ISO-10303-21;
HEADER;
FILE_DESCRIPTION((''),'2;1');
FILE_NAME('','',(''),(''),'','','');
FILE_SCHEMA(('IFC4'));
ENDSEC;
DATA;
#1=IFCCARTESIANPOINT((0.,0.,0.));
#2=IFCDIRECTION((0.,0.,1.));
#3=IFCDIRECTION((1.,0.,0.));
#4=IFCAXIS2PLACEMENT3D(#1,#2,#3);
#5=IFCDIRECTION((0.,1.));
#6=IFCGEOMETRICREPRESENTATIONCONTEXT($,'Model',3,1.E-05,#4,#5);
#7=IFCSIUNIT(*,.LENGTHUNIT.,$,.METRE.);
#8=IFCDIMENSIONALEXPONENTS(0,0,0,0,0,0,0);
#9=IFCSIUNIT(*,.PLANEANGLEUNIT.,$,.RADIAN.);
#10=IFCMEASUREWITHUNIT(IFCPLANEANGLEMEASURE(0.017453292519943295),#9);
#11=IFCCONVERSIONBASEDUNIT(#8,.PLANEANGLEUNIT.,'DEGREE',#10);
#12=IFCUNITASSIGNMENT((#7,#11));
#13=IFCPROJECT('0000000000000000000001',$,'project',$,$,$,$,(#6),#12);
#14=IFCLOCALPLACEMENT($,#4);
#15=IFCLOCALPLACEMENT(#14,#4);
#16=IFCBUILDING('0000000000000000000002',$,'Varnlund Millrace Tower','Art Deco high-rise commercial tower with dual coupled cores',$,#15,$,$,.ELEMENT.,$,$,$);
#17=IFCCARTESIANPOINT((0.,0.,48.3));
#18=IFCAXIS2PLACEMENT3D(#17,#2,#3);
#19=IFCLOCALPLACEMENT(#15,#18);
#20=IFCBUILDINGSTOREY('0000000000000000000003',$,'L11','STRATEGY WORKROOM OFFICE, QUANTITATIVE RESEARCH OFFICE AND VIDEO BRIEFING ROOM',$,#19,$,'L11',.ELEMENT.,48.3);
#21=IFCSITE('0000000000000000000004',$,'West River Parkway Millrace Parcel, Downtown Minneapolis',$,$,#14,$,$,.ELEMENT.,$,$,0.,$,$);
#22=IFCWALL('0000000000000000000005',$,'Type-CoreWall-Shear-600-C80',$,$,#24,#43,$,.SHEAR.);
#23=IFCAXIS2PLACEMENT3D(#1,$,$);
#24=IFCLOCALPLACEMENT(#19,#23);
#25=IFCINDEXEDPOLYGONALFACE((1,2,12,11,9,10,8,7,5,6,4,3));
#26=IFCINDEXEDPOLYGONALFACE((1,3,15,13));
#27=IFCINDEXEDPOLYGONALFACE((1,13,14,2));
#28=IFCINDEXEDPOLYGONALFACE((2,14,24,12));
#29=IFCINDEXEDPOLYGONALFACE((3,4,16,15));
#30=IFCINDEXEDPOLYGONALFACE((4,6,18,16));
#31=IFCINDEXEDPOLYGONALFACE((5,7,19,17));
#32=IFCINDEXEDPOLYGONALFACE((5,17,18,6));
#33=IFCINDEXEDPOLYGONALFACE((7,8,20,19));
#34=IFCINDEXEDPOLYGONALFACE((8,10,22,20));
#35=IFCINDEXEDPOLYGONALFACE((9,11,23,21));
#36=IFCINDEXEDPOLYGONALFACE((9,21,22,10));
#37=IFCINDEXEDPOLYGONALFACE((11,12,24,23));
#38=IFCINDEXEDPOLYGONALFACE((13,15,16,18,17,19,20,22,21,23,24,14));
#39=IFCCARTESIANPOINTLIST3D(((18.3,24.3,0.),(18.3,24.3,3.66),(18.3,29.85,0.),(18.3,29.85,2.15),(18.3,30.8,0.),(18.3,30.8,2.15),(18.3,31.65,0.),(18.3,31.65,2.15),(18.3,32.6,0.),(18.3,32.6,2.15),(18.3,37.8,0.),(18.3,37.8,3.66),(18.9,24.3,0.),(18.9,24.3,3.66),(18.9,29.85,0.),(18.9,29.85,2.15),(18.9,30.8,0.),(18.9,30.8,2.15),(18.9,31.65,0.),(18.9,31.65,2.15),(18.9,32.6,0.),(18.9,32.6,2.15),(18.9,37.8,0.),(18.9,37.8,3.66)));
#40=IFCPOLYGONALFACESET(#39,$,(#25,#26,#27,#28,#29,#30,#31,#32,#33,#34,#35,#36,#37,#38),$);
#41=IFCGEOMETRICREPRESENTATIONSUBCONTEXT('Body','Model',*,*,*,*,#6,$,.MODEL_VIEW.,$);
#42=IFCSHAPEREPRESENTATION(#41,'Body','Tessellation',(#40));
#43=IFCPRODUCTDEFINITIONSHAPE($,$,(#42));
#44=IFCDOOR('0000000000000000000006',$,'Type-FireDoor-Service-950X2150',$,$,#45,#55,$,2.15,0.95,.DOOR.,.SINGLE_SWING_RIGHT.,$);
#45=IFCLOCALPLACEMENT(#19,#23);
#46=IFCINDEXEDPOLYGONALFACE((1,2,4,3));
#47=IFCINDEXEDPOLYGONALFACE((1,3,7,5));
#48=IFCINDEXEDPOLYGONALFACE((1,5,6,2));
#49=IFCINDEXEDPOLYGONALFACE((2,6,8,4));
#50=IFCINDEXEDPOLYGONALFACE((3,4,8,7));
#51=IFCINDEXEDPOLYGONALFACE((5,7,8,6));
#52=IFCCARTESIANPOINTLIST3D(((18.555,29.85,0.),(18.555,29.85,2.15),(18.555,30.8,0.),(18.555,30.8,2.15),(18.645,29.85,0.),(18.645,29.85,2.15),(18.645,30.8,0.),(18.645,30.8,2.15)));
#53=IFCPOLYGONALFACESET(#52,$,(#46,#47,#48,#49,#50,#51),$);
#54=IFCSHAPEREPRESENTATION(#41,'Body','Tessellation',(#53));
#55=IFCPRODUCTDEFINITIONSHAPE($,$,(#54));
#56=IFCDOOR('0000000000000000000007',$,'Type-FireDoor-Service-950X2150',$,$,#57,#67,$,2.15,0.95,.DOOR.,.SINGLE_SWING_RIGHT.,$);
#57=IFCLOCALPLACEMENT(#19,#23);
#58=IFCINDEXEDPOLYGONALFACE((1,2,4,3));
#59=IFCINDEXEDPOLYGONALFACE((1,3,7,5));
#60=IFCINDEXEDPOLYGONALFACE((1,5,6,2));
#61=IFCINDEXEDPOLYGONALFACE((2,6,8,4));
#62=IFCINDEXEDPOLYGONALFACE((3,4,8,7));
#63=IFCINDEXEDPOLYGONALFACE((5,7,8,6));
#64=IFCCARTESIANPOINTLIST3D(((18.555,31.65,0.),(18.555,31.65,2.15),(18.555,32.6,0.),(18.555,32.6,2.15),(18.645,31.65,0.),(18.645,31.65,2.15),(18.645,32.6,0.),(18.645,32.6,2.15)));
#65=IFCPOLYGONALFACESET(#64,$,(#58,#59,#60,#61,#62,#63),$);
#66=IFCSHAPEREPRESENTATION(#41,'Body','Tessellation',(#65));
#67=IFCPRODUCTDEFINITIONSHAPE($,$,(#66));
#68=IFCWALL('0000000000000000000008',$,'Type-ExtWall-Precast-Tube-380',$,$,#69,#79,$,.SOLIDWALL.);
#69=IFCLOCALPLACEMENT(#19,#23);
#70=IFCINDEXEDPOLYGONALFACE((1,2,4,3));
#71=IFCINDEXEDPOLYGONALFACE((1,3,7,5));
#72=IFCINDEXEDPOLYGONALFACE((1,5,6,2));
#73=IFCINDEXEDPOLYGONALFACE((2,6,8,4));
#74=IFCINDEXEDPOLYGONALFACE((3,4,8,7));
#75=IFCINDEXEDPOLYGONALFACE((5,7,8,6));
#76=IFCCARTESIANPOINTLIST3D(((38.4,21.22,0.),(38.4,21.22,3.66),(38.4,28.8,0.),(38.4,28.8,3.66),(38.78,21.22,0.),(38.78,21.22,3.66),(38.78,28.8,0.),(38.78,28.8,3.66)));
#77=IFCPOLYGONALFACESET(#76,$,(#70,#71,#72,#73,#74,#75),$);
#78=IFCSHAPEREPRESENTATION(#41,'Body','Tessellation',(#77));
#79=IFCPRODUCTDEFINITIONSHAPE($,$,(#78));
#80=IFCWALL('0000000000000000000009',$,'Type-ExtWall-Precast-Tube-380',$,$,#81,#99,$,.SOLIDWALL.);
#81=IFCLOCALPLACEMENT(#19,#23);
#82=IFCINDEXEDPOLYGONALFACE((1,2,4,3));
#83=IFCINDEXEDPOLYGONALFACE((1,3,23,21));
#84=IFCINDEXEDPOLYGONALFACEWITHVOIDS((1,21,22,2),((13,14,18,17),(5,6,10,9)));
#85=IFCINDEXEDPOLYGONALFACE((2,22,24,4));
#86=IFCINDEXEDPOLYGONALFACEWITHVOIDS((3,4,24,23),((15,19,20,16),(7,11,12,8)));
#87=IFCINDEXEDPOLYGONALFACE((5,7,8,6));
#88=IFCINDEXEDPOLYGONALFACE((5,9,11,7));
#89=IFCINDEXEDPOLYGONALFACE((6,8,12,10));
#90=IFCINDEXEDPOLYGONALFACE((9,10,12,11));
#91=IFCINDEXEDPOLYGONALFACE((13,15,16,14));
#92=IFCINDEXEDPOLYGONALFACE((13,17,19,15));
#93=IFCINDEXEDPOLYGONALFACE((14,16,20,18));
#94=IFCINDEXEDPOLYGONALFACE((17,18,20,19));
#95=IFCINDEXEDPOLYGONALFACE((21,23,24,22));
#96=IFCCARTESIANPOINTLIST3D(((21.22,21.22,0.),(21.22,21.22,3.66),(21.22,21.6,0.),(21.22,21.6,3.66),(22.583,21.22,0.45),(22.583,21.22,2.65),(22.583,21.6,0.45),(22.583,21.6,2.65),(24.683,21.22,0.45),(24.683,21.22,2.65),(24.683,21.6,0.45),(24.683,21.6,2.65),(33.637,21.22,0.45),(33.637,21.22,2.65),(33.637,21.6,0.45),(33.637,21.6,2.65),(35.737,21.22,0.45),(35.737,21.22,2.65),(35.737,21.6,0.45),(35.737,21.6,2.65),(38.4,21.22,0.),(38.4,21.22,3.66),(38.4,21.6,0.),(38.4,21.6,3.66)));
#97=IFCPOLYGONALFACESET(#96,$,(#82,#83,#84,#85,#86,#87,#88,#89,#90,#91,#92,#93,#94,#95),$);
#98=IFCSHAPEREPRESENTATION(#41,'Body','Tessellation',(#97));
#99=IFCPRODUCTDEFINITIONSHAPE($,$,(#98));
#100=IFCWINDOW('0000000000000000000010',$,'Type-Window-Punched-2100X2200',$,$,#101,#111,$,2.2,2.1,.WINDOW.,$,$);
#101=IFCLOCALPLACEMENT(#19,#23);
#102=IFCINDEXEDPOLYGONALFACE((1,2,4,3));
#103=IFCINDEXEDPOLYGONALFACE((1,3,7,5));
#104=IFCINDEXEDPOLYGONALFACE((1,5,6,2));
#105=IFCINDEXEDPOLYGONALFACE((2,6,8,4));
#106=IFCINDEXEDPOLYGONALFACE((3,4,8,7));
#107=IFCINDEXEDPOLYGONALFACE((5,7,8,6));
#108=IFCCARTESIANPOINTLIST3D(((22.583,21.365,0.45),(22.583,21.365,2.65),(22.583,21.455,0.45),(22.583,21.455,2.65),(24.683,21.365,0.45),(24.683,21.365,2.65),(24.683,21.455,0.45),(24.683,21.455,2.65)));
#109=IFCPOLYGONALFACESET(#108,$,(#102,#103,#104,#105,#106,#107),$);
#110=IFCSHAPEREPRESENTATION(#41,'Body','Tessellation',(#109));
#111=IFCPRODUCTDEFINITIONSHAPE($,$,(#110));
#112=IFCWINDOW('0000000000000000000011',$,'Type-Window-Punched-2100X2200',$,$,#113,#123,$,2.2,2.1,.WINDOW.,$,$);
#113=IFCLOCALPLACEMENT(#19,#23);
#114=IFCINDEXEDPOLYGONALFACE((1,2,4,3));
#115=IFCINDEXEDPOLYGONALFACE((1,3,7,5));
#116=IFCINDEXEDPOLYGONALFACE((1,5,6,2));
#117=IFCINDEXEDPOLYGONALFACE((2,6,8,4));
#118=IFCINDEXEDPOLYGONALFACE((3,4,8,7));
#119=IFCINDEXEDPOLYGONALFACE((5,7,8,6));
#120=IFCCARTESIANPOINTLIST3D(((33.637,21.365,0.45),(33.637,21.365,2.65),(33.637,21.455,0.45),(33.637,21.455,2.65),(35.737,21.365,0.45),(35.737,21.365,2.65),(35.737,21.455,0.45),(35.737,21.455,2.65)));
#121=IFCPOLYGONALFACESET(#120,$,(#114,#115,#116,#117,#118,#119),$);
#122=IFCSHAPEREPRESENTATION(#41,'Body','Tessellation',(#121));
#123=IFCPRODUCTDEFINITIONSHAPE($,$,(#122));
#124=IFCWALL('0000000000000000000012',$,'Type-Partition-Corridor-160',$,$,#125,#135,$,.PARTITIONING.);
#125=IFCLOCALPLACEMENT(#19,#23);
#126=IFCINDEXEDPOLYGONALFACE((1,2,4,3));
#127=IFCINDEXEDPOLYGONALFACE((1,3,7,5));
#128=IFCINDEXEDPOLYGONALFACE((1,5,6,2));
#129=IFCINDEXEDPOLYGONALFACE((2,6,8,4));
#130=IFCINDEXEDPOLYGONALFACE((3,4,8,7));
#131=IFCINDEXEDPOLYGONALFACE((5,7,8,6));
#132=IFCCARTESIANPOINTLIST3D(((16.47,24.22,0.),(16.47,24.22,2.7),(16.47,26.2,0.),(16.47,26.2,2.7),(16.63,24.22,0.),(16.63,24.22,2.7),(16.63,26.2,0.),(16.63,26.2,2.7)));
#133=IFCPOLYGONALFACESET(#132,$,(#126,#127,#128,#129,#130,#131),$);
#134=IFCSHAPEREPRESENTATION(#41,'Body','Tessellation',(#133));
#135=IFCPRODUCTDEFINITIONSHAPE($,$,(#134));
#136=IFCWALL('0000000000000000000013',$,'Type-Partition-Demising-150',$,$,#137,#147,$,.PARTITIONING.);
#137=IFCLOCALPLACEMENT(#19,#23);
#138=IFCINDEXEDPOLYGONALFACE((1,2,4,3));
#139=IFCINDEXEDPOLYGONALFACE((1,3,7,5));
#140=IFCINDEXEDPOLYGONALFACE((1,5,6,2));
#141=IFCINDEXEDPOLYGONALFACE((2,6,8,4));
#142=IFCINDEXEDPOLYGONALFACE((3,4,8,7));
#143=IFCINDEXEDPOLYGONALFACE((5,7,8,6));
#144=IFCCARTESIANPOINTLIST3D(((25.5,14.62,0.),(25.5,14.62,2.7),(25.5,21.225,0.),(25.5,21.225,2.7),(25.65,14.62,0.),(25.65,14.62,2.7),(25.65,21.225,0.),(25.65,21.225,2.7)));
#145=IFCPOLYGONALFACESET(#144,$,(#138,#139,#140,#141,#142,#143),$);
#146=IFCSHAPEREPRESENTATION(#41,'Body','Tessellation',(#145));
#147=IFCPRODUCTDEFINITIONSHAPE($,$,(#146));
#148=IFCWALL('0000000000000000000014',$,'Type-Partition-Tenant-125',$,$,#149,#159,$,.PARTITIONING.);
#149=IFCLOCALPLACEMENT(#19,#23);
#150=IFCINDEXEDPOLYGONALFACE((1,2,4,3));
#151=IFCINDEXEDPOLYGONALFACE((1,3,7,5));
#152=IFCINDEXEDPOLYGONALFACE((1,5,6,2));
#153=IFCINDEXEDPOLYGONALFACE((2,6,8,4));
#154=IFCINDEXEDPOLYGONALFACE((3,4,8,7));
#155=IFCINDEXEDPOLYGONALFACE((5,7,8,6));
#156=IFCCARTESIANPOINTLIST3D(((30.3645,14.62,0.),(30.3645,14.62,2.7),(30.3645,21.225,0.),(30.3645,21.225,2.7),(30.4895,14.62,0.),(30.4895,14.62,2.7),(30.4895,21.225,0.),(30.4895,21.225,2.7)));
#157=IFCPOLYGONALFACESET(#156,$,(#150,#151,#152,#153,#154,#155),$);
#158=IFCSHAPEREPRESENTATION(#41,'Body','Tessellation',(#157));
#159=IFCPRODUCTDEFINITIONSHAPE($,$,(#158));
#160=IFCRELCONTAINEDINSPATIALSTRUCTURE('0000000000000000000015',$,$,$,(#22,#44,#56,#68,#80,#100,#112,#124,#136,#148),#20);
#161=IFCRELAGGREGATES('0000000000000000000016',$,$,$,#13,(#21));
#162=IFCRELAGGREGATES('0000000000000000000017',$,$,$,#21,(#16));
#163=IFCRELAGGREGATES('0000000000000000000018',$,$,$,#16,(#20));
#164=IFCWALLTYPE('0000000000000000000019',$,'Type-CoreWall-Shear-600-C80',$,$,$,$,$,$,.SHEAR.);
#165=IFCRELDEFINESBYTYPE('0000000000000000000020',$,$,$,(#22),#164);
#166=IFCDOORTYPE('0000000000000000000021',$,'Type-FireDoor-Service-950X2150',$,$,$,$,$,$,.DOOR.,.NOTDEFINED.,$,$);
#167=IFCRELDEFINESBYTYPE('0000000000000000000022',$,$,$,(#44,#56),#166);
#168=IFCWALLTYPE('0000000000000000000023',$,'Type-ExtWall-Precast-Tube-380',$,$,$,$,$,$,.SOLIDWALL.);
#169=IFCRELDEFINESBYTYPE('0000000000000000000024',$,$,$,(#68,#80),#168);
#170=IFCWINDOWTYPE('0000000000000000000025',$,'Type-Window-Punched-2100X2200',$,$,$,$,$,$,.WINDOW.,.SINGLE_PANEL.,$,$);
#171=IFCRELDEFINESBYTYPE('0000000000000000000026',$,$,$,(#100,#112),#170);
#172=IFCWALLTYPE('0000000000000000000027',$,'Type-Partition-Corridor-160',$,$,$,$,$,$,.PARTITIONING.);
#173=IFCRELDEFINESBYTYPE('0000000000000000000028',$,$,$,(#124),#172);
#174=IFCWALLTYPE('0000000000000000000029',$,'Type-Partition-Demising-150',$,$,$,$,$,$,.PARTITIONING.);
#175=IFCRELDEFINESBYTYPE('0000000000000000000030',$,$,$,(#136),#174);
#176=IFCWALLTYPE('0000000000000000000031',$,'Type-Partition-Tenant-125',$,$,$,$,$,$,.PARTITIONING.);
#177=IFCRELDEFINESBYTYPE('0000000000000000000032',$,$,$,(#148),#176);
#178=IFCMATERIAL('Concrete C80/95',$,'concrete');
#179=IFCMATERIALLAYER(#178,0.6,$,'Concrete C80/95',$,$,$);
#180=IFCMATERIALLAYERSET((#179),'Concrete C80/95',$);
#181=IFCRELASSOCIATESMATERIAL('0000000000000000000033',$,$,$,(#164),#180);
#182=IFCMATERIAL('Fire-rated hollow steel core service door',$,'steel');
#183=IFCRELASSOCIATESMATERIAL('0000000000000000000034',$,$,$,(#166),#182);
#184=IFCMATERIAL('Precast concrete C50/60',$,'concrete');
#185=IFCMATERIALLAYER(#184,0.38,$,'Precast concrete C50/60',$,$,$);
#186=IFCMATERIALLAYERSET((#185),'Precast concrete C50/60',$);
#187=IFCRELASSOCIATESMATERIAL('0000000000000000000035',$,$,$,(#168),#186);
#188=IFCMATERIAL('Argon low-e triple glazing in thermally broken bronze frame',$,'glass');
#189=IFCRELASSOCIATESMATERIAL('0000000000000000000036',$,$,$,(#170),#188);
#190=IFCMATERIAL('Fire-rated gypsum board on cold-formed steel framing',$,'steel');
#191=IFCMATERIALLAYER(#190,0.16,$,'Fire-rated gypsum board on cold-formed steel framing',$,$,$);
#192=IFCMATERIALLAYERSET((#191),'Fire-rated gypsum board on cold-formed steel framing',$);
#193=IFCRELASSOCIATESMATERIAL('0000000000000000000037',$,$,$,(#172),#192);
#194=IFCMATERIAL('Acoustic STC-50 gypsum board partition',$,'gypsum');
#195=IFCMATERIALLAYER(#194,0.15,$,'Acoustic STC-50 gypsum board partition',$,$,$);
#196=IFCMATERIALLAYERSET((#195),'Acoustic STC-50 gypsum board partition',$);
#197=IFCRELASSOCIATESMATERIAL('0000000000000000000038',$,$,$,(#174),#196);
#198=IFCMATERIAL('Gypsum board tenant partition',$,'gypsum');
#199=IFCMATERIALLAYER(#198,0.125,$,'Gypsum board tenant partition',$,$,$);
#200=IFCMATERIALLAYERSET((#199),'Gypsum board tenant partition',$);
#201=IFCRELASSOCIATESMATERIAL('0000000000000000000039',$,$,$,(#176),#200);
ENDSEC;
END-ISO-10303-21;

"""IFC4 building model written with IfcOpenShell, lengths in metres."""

from ifc_helpers import new_model, entity, si_unit, converted_unit, direction, frame, origin_with_axes, origin_2d_with_axis, place, context, subcontext, project, spatial, polyline, rectangle, outline, extrude, material, layer, layer_set, type_object, element, fill, save


model = new_model("IFC4")

# Units and contexts
model_context = context("Model", 3, precision=1e-05, world=origin_with_axes(), true_north=direction((0.0, 1.0)))
body_context = subcontext(model_context, "Body", "Model", "MODEL_VIEW")
ifc_project = project(units=[si_unit("LENGTHUNIT", "METRE"), converted_unit("PLANEANGLEUNIT", "DEGREE", entity("IfcPlaneAngleMeasure", 0.017453292519943295), si_unit("PLANEANGLEUNIT", "RADIAN"), dimensions=[0, 0, 0, 0, 0, 0, 0])], contexts=[model_context])

# Site, building, storey
site_placement = place(None, origin_with_axes())
site = spatial("IfcSite", under=ifc_project, at=site_placement, Name="West River Parkway Millrace Parcel, Downtown Minneapolis", CompositionType="ELEMENT", RefElevation=0.0)
building_placement = place(site_placement, origin_with_axes())
building = spatial("IfcBuilding", under=site, at=building_placement, Name="Varnlund Millrace Tower", Description="Art Deco high-rise commercial tower with dual coupled cores", CompositionType="ELEMENT")
storey_placement = place(building_placement, frame((0.0, 0.0, 48.3), z_axis=(0.0, 0.0, 1.0), x_axis=(1.0, 0.0, 0.0)))
storey = spatial("IfcBuildingStorey", under=building, at=storey_placement, Name="L11", Description="STRATEGY WORKROOM OFFICE, QUANTITATIVE RESEARCH OFFICE AND VIDEO BRIEFING ROOM", LongName="L11", CompositionType="ELEMENT", Elevation=48.3)

# Shared definitions
ifc_material_1 = material(Name="Concrete C80/95", Category="concrete")

# Wall, openings, doors
ifc_layer_1 = layer(ifc_material_1, 0.6, Name="Concrete C80/95")
ifc_layer_set_1 = layer_set([ifc_layer_1], Name="Concrete C80/95")
wall_type_1 = type_object("IfcWallType", Name="Type-CoreWall-Shear-600-C80", PredefinedType="SHEAR", material=ifc_layer_set_1)
wall_1_placement = place(storey_placement, frame((18.6, 24.3, 0.0), z_axis=(0.0, 0.0, 1.0), x_axis=(0.0, 1.0, 0.0)))
wall_1 = element("IfcWall", 1, at=wall_1_placement, inside=storey, type_object=wall_type_1, Name="Type-CoreWall-Shear-600-C80", PredefinedType="SHEAR", context=body_context, shape_type="SweptSolid", body=[
    extrude(outline(polyline([(0.0, -0.3), (13.5, -0.3), (13.5, 0.3), (0.0, 0.3), (0.0, -0.3)])), origin_with_axes(), (0.0, 0.0, 1.0), 3.66),
])
opening_1_placement = place(wall_1_placement, frame((6.025, 0.0, 0.0), z_axis=(0.0, 0.0, 1.0), x_axis=(1.0, 0.0, 0.0)))
opening_1 = element("IfcOpeningElement", 2, at=opening_1_placement, cuts=wall_1, PredefinedType="OPENING", context=body_context, shape_type="SweptSolid", body=[
    extrude(rectangle(XDim=0.95, YDim=0.62, at=origin_2d_with_axis()), origin_with_axes(), (0.0, 0.0, 1.0), 2.15),
])
opening_2_placement = place(wall_1_placement, frame((7.825, 0.0, 0.0), z_axis=(0.0, 0.0, 1.0), x_axis=(1.0, 0.0, 0.0)))
opening_2 = element("IfcOpeningElement", 3, at=opening_2_placement, cuts=wall_1, PredefinedType="OPENING", context=body_context, shape_type="SweptSolid", body=[
    extrude(rectangle(XDim=0.95, YDim=0.62, at=origin_2d_with_axis()), origin_with_axes(), (0.0, 0.0, 1.0), 2.15),
])
ifc_material_2 = material(Name="Fire-rated hollow steel core service door", Category="steel")
door_type_1 = type_object("IfcDoorType", Name="Type-FireDoor-Service-950X2150", OperationType="NOTDEFINED", PredefinedType="DOOR", material=ifc_material_2)
door_1_placement = place(wall_1_placement, frame((6.025, 0.0, 0.0), z_axis=(0.0, 0.0, 1.0), x_axis=(1.0, 0.0, 0.0)))
door_1 = element("IfcDoor", 4, at=door_1_placement, inside=storey, type_object=door_type_1, Name="Type-FireDoor-Service-950X2150", OperationType="SINGLE_SWING_RIGHT", OverallHeight=2.15, OverallWidth=0.95, PredefinedType="DOOR", context=body_context, shape_type="SweptSolid", body=[
    extrude(rectangle(XDim=0.95, YDim=0.09, at=origin_2d_with_axis()), origin_with_axes(), (0.0, 0.0, 1.0), 2.15),
])
fill(opening_1, door_1)
door_2_placement = place(wall_1_placement, frame((7.825, 0.0, 0.0), z_axis=(0.0, 0.0, 1.0), x_axis=(1.0, 0.0, 0.0)))
door_2 = element("IfcDoor", 5, at=door_2_placement, inside=storey, type_object=door_type_1, Name="Type-FireDoor-Service-950X2150", OperationType="SINGLE_SWING_RIGHT", OverallHeight=2.15, OverallWidth=0.95, PredefinedType="DOOR", context=body_context, shape_type="SweptSolid", body=[
    extrude(rectangle(XDim=0.95, YDim=0.09, at=origin_2d_with_axis()), origin_with_axes(), (0.0, 0.0, 1.0), 2.15),
])
fill(opening_2, door_2)

# Wall
ifc_material_3 = material(Name="Precast concrete C50/60", Category="concrete")
ifc_layer_2 = layer(ifc_material_3, 0.38, Name="Precast concrete C50/60")
ifc_layer_set_2 = layer_set([ifc_layer_2], Name="Precast concrete C50/60")
wall_type_2 = type_object("IfcWallType", Name="Type-ExtWall-Precast-Tube-380", PredefinedType="SOLIDWALL", material=ifc_layer_set_2)
wall_2_placement = place(storey_placement, frame((38.59, 21.22, 0.0), z_axis=(0.0, 0.0, 1.0), x_axis=(0.0, 1.0, 0.0)))
element("IfcWall", 6, at=wall_2_placement, inside=storey, type_object=wall_type_2, Name="Type-ExtWall-Precast-Tube-380", PredefinedType="SOLIDWALL", context=body_context, shape_type="SweptSolid", body=[
    extrude(outline(polyline([(0.0, -0.19), (7.58, -0.19), (7.58, 0.19), (0.0, 0.19), (0.0, -0.19)])), origin_with_axes(), (0.0, 0.0, 1.0), 3.66),
])

# Wall, openings, windows
wall_3_placement = place(storey_placement, frame((21.22, 21.41, 0.0), z_axis=(0.0, 0.0, 1.0), x_axis=(1.0, 0.0, 0.0)))
wall_3 = element("IfcWall", 7, at=wall_3_placement, inside=storey, type_object=wall_type_2, Name="Type-ExtWall-Precast-Tube-380", PredefinedType="SOLIDWALL", context=body_context, shape_type="SweptSolid", body=[
    extrude(outline(polyline([(0.0, -0.19), (17.18, -0.19), (17.18, 0.19), (0.0, 0.19), (0.0, -0.19)])), origin_with_axes(), (0.0, 0.0, 1.0), 3.66),
])
opening_3_placement = place(wall_3_placement, frame((2.413, 0.0, 0.45), z_axis=(0.0, 0.0, 1.0), x_axis=(1.0, 0.0, 0.0)))
opening_3 = element("IfcOpeningElement", 8, at=opening_3_placement, cuts=wall_3, PredefinedType="OPENING", context=body_context, shape_type="SweptSolid", body=[
    extrude(rectangle(XDim=2.1, YDim=0.4, at=origin_2d_with_axis()), origin_with_axes(), (0.0, 0.0, 1.0), 2.2),
])
opening_4_placement = place(wall_3_placement, frame((13.467, 0.0, 0.45), z_axis=(0.0, 0.0, 1.0), x_axis=(1.0, 0.0, 0.0)))
opening_4 = element("IfcOpeningElement", 9, at=opening_4_placement, cuts=wall_3, PredefinedType="OPENING", context=body_context, shape_type="SweptSolid", body=[
    extrude(rectangle(XDim=2.1, YDim=0.4, at=origin_2d_with_axis()), origin_with_axes(), (0.0, 0.0, 1.0), 2.2),
])
ifc_material_4 = material(Name="Argon low-e triple glazing in thermally broken bronze frame", Category="glass")
window_type = type_object("IfcWindowType", Name="Type-Window-Punched-2100X2200", PartitioningType="SINGLE_PANEL", PredefinedType="WINDOW", material=ifc_material_4)
window_1_placement = place(wall_3_placement, frame((2.413, 0.0, 0.45), z_axis=(0.0, 0.0, 1.0), x_axis=(1.0, 0.0, 0.0)))
window_1 = element("IfcWindow", 10, at=window_1_placement, inside=storey, type_object=window_type, Name="Type-Window-Punched-2100X2200", OverallHeight=2.2, OverallWidth=2.1, PredefinedType="WINDOW", context=body_context, shape_type="SweptSolid", body=[
    extrude(rectangle(XDim=2.1, YDim=0.09, at=origin_2d_with_axis()), origin_with_axes(), (0.0, 0.0, 1.0), 2.2),
])
fill(opening_3, window_1)
window_2_placement = place(wall_3_placement, frame((13.467, 0.0, 0.45), z_axis=(0.0, 0.0, 1.0), x_axis=(1.0, 0.0, 0.0)))
window_2 = element("IfcWindow", 11, at=window_2_placement, inside=storey, type_object=window_type, Name="Type-Window-Punched-2100X2200", OverallHeight=2.2, OverallWidth=2.1, PredefinedType="WINDOW", context=body_context, shape_type="SweptSolid", body=[
    extrude(rectangle(XDim=2.1, YDim=0.09, at=origin_2d_with_axis()), origin_with_axes(), (0.0, 0.0, 1.0), 2.2),
])
fill(opening_4, window_2)

# Wall
ifc_material_5 = material(Name="Fire-rated gypsum board on cold-formed steel framing", Category="steel")
ifc_layer_3 = layer(ifc_material_5, 0.16, Name="Fire-rated gypsum board on cold-formed steel framing")
ifc_layer_set_3 = layer_set([ifc_layer_3], Name="Fire-rated gypsum board on cold-formed steel framing")
wall_type_3 = type_object("IfcWallType", Name="Type-Partition-Corridor-160", PredefinedType="PARTITIONING", material=ifc_layer_set_3)
wall_4_placement = place(storey_placement, frame((16.55, 24.22, 0.0), z_axis=(0.0, 0.0, 1.0), x_axis=(0.0, 1.0, 0.0)))
element("IfcWall", 12, at=wall_4_placement, inside=storey, type_object=wall_type_3, Name="Type-Partition-Corridor-160", PredefinedType="PARTITIONING", context=body_context, shape_type="SweptSolid", body=[
    extrude(outline(polyline([(0.0, -0.08), (1.98, -0.08), (1.98, 0.08), (0.0, 0.08), (0.0, -0.08)])), origin_with_axes(), (0.0, 0.0, 1.0), 2.7),
])

# Walls
ifc_material_6 = material(Name="Acoustic STC-50 gypsum board partition", Category="gypsum")
ifc_layer_4 = layer(ifc_material_6, 0.15, Name="Acoustic STC-50 gypsum board partition")
ifc_layer_set_4 = layer_set([ifc_layer_4], Name="Acoustic STC-50 gypsum board partition")
wall_type_4 = type_object("IfcWallType", Name="Type-Partition-Demising-150", PredefinedType="PARTITIONING", material=ifc_layer_set_4)
wall_5_placement = place(storey_placement, frame((25.575, 14.62, 0.0), z_axis=(0.0, 0.0, 1.0), x_axis=(0.0, 1.0, 0.0)))
element("IfcWall", 13, at=wall_5_placement, inside=storey, type_object=wall_type_4, Name="Type-Partition-Demising-150", PredefinedType="PARTITIONING", context=body_context, shape_type="SweptSolid", body=[
    extrude(outline(polyline([(0.0, -0.075), (6.605, -0.075), (6.605, 0.075), (0.0, 0.075), (0.0, -0.075)])), origin_with_axes(), (0.0, 0.0, 1.0), 2.7),
])
ifc_material_7 = material(Name="Gypsum board tenant partition", Category="gypsum")
ifc_layer_5 = layer(ifc_material_7, 0.125, Name="Gypsum board tenant partition")
ifc_layer_set_5 = layer_set([ifc_layer_5], Name="Gypsum board tenant partition")
wall_type_5 = type_object("IfcWallType", Name="Type-Partition-Tenant-125", PredefinedType="PARTITIONING", material=ifc_layer_set_5)
wall_6_placement = place(storey_placement, frame((30.427, 14.62, 0.0), z_axis=(0.0, 0.0, 1.0), x_axis=(0.0, 1.0, 0.0)))
element("IfcWall", 14, at=wall_6_placement, inside=storey, type_object=wall_type_5, Name="Type-Partition-Tenant-125", PredefinedType="PARTITIONING", context=body_context, shape_type="SweptSolid", body=[
    extrude(outline(polyline([(0.0, -0.0625), (6.605, -0.0625), (6.605, 0.0625), (0.0, 0.0625), (0.0, -0.0625)])), origin_with_axes(), (0.0, 0.0, 1.0), 2.7),
])

save(model, "model.ifc")
